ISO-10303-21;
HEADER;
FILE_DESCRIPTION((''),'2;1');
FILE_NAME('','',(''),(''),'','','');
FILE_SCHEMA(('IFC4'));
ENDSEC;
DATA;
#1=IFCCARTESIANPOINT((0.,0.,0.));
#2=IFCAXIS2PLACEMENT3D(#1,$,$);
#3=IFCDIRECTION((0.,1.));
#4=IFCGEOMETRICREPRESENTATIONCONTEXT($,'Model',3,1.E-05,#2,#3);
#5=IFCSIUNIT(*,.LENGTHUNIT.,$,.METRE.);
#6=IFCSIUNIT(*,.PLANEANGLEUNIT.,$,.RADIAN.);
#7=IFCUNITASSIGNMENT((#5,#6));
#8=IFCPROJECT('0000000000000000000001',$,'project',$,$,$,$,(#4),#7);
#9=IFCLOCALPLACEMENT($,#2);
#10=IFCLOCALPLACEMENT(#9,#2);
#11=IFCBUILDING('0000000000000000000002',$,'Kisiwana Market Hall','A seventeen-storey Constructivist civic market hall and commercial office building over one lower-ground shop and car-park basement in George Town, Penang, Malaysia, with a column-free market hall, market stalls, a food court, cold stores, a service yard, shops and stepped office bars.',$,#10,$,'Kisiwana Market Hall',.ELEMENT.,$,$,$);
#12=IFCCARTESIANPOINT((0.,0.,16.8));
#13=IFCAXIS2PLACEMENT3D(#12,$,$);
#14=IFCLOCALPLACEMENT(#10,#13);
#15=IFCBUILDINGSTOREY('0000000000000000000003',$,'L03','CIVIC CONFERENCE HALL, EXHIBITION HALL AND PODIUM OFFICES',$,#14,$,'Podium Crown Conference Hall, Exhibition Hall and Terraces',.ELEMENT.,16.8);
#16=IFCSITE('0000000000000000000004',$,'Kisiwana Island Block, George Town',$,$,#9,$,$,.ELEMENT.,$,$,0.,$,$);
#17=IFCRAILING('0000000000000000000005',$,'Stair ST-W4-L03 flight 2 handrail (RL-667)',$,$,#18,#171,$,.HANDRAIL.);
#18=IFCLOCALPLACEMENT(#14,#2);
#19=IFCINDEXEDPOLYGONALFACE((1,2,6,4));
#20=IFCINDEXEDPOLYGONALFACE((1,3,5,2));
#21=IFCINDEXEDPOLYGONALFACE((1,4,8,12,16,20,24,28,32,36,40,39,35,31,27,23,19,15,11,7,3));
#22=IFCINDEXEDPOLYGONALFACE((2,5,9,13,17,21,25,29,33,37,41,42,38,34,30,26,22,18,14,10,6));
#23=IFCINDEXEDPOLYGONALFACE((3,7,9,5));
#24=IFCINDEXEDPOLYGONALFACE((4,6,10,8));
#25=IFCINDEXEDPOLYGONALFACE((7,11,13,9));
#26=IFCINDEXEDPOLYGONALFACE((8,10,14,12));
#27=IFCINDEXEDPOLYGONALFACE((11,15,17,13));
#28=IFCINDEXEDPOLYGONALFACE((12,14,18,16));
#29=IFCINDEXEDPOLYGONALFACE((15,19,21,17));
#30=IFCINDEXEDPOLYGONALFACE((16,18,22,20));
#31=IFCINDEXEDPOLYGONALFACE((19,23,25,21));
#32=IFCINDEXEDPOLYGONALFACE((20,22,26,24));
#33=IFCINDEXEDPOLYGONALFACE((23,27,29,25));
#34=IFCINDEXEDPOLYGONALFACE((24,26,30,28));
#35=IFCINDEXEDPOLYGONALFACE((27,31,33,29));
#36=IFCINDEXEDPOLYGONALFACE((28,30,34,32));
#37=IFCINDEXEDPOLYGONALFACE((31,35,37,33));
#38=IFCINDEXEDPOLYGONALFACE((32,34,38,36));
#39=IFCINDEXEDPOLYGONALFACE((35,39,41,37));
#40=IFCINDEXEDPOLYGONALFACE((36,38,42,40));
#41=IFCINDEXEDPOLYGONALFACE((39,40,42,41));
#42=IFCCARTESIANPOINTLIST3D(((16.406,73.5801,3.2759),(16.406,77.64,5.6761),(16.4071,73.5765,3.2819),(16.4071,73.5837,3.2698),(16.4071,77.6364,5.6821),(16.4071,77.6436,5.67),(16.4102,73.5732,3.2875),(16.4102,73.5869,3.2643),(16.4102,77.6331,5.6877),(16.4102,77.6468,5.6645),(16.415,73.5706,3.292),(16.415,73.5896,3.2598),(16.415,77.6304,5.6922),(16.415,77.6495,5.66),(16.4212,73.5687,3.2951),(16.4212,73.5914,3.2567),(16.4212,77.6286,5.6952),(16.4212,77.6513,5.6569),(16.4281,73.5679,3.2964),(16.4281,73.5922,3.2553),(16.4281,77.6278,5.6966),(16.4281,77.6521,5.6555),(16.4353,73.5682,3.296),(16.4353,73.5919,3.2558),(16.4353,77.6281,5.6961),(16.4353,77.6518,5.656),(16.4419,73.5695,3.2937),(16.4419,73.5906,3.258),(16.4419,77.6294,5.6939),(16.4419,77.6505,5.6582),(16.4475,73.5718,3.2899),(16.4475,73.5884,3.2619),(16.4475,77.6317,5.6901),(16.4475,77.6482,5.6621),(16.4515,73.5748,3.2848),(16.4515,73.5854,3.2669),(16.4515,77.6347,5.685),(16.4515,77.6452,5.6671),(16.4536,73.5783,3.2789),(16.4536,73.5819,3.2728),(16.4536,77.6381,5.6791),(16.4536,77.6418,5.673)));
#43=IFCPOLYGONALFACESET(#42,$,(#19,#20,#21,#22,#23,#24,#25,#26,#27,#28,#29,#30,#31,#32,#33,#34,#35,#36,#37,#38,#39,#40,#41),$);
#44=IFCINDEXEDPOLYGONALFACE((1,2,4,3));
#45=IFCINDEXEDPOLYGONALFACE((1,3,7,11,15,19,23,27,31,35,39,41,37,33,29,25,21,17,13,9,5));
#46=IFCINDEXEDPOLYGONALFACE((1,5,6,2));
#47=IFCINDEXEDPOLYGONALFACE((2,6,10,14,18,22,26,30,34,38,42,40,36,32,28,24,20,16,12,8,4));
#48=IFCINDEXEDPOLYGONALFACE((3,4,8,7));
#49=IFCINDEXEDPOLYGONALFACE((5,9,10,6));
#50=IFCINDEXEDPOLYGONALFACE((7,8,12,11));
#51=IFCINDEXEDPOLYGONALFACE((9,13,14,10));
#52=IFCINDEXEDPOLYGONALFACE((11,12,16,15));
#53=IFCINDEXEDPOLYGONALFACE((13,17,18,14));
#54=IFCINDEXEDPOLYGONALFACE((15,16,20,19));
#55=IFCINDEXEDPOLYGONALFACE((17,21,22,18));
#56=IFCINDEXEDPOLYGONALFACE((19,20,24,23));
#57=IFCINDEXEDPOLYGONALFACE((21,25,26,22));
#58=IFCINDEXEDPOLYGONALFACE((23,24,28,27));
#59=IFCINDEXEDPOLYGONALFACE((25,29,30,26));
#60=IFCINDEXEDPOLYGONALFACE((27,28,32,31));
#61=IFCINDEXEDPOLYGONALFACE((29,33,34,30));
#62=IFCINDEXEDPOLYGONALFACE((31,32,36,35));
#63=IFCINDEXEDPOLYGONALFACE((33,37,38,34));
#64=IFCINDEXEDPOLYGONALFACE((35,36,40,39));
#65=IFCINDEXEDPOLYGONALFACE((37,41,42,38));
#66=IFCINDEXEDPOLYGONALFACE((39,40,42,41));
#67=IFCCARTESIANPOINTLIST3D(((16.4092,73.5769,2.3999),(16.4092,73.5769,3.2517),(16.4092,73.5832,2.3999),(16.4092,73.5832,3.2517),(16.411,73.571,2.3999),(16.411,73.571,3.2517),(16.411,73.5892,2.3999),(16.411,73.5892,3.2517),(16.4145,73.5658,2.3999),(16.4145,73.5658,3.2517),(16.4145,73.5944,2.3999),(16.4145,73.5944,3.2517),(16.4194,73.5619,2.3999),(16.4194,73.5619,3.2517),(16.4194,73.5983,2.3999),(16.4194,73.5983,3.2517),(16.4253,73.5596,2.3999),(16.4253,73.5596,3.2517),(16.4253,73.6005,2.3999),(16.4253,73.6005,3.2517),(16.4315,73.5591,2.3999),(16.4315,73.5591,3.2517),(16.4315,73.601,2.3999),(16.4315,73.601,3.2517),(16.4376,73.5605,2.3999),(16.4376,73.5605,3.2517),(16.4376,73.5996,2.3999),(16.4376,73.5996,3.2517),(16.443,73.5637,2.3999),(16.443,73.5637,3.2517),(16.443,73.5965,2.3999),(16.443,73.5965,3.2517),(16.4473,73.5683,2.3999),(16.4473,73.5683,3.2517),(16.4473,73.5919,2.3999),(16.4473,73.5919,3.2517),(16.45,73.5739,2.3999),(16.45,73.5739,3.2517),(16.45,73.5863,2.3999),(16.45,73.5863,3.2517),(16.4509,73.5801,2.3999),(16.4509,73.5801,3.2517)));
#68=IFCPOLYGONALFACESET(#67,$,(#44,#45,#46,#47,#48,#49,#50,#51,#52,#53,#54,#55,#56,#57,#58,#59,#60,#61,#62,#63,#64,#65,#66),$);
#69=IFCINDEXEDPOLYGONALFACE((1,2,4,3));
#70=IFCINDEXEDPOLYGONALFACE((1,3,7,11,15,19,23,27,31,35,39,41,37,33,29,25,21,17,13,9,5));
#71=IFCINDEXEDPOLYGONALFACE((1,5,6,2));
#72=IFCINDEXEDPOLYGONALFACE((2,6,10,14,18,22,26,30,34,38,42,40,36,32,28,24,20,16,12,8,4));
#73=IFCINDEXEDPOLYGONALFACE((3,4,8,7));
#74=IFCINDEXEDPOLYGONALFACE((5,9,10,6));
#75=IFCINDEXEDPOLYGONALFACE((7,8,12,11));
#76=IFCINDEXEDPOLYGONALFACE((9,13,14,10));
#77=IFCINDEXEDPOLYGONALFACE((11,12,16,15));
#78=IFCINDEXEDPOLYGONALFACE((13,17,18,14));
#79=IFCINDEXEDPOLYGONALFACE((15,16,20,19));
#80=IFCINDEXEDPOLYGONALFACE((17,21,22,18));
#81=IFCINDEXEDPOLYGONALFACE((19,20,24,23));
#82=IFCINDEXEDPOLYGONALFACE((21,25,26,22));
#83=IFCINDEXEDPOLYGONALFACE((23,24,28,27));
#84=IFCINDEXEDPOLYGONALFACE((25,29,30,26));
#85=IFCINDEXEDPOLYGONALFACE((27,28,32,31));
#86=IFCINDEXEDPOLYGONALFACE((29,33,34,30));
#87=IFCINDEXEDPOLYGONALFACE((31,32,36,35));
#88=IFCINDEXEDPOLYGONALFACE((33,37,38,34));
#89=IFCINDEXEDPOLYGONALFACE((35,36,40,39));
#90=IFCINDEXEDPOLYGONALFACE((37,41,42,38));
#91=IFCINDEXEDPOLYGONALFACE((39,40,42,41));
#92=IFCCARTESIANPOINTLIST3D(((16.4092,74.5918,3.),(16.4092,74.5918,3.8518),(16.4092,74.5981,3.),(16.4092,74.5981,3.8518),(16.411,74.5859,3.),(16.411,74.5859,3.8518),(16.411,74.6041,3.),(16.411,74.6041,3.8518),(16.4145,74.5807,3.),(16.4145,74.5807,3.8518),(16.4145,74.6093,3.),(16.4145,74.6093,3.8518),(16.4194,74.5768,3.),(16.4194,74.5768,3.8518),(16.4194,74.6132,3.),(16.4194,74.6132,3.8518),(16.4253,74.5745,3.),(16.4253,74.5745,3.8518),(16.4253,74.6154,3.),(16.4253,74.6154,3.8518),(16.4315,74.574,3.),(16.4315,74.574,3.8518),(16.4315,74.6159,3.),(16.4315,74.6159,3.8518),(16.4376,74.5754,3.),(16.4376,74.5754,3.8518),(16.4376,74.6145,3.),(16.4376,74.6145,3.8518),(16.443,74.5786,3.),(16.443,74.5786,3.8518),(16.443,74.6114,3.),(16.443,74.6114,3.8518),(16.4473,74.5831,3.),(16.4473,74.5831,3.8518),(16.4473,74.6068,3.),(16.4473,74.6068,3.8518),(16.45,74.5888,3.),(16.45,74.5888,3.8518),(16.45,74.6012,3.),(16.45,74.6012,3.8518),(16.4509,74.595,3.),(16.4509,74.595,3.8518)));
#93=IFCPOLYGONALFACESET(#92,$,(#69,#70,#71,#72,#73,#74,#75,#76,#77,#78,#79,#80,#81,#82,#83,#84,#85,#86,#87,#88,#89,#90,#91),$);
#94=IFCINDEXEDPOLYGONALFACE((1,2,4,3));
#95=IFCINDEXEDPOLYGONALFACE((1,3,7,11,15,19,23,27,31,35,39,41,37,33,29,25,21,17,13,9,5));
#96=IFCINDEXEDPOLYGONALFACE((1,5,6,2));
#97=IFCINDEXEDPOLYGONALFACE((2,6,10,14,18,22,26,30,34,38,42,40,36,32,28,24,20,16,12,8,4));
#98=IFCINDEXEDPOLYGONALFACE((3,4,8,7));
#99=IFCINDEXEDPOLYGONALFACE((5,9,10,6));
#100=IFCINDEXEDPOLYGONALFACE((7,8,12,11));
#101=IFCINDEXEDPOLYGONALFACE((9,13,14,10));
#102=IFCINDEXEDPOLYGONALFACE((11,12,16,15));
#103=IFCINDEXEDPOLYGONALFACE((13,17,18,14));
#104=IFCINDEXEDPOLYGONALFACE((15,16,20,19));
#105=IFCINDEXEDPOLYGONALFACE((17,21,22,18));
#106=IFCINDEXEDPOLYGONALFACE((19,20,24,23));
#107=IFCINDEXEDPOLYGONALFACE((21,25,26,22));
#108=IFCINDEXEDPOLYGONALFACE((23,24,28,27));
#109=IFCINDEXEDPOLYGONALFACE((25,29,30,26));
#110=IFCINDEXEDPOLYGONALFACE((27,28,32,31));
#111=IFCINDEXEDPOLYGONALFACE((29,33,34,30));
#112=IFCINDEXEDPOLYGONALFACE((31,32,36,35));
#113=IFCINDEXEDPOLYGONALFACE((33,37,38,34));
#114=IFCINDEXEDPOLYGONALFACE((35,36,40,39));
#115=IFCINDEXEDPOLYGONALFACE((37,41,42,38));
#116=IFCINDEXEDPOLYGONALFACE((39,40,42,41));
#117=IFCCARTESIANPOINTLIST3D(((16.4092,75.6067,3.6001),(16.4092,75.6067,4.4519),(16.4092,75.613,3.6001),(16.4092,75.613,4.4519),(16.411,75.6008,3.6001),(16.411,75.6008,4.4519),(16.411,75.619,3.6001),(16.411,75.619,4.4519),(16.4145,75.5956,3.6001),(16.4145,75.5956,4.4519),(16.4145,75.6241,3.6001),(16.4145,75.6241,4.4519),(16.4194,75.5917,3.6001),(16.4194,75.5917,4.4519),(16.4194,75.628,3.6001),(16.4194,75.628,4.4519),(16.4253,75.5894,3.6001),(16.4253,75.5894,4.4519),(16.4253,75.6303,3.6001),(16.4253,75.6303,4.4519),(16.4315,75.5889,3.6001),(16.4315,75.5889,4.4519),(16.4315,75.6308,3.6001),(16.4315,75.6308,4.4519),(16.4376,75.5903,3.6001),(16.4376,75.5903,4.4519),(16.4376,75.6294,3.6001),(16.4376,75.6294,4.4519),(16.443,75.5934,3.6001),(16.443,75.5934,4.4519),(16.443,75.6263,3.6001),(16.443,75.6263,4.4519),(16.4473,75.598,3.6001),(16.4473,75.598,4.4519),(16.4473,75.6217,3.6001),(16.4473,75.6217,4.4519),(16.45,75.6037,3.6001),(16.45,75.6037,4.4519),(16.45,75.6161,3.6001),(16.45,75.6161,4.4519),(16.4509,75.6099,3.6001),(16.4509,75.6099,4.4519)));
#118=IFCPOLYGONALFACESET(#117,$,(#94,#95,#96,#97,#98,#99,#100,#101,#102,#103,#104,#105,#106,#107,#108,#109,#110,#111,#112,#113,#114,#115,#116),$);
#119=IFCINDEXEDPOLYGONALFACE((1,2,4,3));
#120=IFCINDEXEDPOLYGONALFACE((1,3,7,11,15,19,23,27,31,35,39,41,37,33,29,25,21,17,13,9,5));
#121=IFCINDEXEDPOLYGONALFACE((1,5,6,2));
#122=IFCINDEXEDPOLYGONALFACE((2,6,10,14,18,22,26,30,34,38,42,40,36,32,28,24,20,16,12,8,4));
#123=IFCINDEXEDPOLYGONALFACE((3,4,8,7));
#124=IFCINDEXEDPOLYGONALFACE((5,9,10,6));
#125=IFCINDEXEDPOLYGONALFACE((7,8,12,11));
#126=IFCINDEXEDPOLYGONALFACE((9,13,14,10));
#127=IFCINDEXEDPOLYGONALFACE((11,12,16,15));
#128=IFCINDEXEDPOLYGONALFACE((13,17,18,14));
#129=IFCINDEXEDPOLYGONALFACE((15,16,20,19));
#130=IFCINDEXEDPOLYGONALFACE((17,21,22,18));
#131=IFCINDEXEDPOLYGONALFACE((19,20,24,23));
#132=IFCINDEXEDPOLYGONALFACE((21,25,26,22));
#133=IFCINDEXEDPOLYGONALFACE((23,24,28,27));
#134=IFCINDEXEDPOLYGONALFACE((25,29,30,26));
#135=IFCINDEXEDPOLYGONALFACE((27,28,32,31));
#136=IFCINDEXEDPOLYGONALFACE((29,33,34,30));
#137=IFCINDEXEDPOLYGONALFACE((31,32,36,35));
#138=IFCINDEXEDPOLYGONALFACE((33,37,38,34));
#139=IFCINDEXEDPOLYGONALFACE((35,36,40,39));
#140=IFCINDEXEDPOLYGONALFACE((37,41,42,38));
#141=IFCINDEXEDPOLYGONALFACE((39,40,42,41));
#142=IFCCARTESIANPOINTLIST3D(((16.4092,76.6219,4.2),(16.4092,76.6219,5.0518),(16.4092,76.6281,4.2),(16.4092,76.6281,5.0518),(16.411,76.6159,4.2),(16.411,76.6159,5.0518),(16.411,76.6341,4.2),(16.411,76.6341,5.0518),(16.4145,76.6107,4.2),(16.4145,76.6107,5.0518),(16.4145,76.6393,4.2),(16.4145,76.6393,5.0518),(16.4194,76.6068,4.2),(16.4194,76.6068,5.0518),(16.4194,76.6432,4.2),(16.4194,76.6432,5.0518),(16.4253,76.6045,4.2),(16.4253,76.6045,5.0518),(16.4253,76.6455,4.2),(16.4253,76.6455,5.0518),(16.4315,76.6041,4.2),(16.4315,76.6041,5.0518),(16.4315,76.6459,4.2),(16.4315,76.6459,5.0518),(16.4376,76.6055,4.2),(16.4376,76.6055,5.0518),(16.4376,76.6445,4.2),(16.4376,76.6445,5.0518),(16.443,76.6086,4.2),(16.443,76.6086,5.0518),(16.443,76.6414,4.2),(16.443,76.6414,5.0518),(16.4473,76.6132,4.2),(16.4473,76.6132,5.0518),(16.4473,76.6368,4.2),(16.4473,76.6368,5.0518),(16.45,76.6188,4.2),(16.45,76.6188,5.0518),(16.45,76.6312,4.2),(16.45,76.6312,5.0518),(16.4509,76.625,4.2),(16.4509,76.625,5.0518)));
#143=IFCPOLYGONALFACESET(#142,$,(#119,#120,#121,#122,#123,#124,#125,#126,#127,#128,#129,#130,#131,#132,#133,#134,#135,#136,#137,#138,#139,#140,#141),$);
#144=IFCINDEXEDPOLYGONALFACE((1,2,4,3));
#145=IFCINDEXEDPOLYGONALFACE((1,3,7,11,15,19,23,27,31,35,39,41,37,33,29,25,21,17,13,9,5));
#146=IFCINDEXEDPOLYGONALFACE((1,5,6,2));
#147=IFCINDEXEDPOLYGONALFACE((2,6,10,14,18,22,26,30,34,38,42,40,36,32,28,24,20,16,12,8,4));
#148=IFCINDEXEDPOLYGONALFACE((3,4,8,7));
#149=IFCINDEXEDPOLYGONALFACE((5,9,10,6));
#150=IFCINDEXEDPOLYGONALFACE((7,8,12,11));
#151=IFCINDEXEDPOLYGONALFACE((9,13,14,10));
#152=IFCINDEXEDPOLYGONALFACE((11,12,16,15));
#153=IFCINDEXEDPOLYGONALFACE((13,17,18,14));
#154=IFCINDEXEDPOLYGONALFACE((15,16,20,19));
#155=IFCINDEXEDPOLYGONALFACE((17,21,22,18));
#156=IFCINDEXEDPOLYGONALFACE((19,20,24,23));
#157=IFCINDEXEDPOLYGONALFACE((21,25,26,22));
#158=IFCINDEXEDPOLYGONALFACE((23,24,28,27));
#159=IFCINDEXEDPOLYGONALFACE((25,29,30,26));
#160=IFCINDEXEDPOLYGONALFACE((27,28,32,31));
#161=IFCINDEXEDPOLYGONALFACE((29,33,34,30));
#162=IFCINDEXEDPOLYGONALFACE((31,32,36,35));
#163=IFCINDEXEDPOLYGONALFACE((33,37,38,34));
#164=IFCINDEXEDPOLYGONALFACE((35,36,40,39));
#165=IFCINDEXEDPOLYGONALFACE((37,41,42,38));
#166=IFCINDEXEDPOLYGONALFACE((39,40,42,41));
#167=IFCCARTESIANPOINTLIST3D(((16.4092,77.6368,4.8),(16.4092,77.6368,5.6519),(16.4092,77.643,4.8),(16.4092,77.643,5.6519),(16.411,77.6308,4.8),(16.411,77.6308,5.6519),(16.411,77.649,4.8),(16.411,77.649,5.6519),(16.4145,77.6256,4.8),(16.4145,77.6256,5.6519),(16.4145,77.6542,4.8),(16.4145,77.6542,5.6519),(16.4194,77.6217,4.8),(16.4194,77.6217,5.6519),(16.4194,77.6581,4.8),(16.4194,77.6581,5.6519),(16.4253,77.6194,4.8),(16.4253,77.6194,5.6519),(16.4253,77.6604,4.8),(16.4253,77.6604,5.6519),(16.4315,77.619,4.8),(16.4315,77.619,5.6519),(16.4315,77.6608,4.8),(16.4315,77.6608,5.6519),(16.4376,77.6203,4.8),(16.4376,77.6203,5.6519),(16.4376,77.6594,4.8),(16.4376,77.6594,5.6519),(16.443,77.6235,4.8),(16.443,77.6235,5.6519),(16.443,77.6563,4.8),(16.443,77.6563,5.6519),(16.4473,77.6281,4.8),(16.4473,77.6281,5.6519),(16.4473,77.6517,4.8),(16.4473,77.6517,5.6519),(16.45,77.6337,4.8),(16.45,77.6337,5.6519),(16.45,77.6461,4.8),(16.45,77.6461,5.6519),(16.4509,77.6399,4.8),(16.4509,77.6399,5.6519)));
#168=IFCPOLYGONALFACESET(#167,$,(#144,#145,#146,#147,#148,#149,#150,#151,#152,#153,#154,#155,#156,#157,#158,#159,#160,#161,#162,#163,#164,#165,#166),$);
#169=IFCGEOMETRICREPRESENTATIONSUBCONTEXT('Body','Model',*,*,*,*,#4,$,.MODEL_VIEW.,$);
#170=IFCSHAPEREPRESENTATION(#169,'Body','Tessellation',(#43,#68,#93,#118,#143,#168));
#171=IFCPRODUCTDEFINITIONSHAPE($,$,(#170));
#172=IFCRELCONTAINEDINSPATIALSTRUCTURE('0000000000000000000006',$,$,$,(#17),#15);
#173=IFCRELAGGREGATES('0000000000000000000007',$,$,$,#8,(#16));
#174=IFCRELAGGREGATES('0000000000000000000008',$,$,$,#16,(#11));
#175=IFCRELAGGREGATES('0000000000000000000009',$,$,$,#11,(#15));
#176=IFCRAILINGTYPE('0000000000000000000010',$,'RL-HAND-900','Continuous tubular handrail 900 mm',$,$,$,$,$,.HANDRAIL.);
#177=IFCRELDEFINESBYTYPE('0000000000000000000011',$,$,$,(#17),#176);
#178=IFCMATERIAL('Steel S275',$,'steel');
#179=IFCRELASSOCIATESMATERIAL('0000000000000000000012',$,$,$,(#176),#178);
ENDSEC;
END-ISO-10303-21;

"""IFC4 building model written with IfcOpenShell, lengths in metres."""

from ifc_helpers import new_model, si_unit, direction, frame, origin, origin_2d, place, context, subcontext, project, spatial, circle, extrude, material, type_object, element, save


model = new_model("IFC4")

# Units and contexts
model_context = context("Model", 3, precision=1e-05, world=origin(), true_north=direction((0.0, 1.0)))
body_context = subcontext(model_context, "Body", "Model", "MODEL_VIEW")
ifc_project = project(units=[si_unit("LENGTHUNIT", "METRE"), si_unit("PLANEANGLEUNIT", "RADIAN")], contexts=[model_context])

# Site, building, storey
site_placement = place(None, origin())
site = spatial("IfcSite", under=ifc_project, at=site_placement, Name="Kisiwana Island Block, George Town", CompositionType="ELEMENT", RefElevation=0.0)
building_placement = place(site_placement, origin())
building = spatial("IfcBuilding", under=site, at=building_placement, Name="Kisiwana Market Hall", Description="A seventeen-storey Constructivist civic market hall and commercial office building over one lower-ground shop and car-park basement in George Town, Penang, Malaysia, with a column-free market hall, market stalls, a food court, cold stores, a service yard, shops and stepped office bars.", LongName="Kisiwana Market Hall", CompositionType="ELEMENT")
storey_placement = place(building_placement, frame((0.0, 0.0, 16.8)))
storey = spatial("IfcBuildingStorey", under=building, at=storey_placement, Name="L03", Description="CIVIC CONFERENCE HALL, EXHIBITION HALL AND PODIUM OFFICES", LongName="Podium Crown Conference Hall, Exhibition Hall and Terraces", CompositionType="ELEMENT", Elevation=16.8)

# Railing
ifc_material_1 = material(Name="Steel S275", Category="steel")
railing_type_1 = type_object("IfcRailingType", Name="RL-HAND-900", Description="Continuous tubular handrail 900 mm", PredefinedType="HANDRAIL", material=ifc_material_1)
for number, where, name in (
    (1, (16.4299, 73.5801, 2.3999), "Stair ST-W4-L03 flight 2 handrail (RL-667)"),
):
    element("IfcRailing", number, at=place(storey_placement, frame(where)), inside=storey, type_object=railing_type_1, Name=name, PredefinedType="HANDRAIL", context=body_context, shape_type="SweptSolid", body=[
        extrude(circle(Radius=0.0239, at=origin_2d()), frame((0.0, 0.0, 0.876), z_axis=(0.0, 0.860818, 0.508912), x_axis=(-1.0, 0.0, 0.0)), (0.0, 0.0, 1.0), 4.7163),
        extrude(circle(Radius=0.021, at=origin_2d()), origin(), (0.0, 0.0, 1.0), 0.8518),
        extrude(circle(Radius=0.021, at=origin_2d()), frame((0.0, 1.0149, 0.6001)), (0.0, 0.0, 1.0), 0.8518),
        extrude(circle(Radius=0.021, at=origin_2d()), frame((0.0, 2.0298, 1.2002)), (0.0, 0.0, 1.0), 0.8518),
        extrude(circle(Radius=0.021, at=origin_2d()), frame((0.0, 3.0449, 1.8)), (0.0, 0.0, 1.0), 0.8518),
        extrude(circle(Radius=0.021, at=origin_2d()), frame((0.0, 4.0598, 2.4001)), (0.0, 0.0, 1.0), 0.8518),
    ])

save(model, "model.ifc")
